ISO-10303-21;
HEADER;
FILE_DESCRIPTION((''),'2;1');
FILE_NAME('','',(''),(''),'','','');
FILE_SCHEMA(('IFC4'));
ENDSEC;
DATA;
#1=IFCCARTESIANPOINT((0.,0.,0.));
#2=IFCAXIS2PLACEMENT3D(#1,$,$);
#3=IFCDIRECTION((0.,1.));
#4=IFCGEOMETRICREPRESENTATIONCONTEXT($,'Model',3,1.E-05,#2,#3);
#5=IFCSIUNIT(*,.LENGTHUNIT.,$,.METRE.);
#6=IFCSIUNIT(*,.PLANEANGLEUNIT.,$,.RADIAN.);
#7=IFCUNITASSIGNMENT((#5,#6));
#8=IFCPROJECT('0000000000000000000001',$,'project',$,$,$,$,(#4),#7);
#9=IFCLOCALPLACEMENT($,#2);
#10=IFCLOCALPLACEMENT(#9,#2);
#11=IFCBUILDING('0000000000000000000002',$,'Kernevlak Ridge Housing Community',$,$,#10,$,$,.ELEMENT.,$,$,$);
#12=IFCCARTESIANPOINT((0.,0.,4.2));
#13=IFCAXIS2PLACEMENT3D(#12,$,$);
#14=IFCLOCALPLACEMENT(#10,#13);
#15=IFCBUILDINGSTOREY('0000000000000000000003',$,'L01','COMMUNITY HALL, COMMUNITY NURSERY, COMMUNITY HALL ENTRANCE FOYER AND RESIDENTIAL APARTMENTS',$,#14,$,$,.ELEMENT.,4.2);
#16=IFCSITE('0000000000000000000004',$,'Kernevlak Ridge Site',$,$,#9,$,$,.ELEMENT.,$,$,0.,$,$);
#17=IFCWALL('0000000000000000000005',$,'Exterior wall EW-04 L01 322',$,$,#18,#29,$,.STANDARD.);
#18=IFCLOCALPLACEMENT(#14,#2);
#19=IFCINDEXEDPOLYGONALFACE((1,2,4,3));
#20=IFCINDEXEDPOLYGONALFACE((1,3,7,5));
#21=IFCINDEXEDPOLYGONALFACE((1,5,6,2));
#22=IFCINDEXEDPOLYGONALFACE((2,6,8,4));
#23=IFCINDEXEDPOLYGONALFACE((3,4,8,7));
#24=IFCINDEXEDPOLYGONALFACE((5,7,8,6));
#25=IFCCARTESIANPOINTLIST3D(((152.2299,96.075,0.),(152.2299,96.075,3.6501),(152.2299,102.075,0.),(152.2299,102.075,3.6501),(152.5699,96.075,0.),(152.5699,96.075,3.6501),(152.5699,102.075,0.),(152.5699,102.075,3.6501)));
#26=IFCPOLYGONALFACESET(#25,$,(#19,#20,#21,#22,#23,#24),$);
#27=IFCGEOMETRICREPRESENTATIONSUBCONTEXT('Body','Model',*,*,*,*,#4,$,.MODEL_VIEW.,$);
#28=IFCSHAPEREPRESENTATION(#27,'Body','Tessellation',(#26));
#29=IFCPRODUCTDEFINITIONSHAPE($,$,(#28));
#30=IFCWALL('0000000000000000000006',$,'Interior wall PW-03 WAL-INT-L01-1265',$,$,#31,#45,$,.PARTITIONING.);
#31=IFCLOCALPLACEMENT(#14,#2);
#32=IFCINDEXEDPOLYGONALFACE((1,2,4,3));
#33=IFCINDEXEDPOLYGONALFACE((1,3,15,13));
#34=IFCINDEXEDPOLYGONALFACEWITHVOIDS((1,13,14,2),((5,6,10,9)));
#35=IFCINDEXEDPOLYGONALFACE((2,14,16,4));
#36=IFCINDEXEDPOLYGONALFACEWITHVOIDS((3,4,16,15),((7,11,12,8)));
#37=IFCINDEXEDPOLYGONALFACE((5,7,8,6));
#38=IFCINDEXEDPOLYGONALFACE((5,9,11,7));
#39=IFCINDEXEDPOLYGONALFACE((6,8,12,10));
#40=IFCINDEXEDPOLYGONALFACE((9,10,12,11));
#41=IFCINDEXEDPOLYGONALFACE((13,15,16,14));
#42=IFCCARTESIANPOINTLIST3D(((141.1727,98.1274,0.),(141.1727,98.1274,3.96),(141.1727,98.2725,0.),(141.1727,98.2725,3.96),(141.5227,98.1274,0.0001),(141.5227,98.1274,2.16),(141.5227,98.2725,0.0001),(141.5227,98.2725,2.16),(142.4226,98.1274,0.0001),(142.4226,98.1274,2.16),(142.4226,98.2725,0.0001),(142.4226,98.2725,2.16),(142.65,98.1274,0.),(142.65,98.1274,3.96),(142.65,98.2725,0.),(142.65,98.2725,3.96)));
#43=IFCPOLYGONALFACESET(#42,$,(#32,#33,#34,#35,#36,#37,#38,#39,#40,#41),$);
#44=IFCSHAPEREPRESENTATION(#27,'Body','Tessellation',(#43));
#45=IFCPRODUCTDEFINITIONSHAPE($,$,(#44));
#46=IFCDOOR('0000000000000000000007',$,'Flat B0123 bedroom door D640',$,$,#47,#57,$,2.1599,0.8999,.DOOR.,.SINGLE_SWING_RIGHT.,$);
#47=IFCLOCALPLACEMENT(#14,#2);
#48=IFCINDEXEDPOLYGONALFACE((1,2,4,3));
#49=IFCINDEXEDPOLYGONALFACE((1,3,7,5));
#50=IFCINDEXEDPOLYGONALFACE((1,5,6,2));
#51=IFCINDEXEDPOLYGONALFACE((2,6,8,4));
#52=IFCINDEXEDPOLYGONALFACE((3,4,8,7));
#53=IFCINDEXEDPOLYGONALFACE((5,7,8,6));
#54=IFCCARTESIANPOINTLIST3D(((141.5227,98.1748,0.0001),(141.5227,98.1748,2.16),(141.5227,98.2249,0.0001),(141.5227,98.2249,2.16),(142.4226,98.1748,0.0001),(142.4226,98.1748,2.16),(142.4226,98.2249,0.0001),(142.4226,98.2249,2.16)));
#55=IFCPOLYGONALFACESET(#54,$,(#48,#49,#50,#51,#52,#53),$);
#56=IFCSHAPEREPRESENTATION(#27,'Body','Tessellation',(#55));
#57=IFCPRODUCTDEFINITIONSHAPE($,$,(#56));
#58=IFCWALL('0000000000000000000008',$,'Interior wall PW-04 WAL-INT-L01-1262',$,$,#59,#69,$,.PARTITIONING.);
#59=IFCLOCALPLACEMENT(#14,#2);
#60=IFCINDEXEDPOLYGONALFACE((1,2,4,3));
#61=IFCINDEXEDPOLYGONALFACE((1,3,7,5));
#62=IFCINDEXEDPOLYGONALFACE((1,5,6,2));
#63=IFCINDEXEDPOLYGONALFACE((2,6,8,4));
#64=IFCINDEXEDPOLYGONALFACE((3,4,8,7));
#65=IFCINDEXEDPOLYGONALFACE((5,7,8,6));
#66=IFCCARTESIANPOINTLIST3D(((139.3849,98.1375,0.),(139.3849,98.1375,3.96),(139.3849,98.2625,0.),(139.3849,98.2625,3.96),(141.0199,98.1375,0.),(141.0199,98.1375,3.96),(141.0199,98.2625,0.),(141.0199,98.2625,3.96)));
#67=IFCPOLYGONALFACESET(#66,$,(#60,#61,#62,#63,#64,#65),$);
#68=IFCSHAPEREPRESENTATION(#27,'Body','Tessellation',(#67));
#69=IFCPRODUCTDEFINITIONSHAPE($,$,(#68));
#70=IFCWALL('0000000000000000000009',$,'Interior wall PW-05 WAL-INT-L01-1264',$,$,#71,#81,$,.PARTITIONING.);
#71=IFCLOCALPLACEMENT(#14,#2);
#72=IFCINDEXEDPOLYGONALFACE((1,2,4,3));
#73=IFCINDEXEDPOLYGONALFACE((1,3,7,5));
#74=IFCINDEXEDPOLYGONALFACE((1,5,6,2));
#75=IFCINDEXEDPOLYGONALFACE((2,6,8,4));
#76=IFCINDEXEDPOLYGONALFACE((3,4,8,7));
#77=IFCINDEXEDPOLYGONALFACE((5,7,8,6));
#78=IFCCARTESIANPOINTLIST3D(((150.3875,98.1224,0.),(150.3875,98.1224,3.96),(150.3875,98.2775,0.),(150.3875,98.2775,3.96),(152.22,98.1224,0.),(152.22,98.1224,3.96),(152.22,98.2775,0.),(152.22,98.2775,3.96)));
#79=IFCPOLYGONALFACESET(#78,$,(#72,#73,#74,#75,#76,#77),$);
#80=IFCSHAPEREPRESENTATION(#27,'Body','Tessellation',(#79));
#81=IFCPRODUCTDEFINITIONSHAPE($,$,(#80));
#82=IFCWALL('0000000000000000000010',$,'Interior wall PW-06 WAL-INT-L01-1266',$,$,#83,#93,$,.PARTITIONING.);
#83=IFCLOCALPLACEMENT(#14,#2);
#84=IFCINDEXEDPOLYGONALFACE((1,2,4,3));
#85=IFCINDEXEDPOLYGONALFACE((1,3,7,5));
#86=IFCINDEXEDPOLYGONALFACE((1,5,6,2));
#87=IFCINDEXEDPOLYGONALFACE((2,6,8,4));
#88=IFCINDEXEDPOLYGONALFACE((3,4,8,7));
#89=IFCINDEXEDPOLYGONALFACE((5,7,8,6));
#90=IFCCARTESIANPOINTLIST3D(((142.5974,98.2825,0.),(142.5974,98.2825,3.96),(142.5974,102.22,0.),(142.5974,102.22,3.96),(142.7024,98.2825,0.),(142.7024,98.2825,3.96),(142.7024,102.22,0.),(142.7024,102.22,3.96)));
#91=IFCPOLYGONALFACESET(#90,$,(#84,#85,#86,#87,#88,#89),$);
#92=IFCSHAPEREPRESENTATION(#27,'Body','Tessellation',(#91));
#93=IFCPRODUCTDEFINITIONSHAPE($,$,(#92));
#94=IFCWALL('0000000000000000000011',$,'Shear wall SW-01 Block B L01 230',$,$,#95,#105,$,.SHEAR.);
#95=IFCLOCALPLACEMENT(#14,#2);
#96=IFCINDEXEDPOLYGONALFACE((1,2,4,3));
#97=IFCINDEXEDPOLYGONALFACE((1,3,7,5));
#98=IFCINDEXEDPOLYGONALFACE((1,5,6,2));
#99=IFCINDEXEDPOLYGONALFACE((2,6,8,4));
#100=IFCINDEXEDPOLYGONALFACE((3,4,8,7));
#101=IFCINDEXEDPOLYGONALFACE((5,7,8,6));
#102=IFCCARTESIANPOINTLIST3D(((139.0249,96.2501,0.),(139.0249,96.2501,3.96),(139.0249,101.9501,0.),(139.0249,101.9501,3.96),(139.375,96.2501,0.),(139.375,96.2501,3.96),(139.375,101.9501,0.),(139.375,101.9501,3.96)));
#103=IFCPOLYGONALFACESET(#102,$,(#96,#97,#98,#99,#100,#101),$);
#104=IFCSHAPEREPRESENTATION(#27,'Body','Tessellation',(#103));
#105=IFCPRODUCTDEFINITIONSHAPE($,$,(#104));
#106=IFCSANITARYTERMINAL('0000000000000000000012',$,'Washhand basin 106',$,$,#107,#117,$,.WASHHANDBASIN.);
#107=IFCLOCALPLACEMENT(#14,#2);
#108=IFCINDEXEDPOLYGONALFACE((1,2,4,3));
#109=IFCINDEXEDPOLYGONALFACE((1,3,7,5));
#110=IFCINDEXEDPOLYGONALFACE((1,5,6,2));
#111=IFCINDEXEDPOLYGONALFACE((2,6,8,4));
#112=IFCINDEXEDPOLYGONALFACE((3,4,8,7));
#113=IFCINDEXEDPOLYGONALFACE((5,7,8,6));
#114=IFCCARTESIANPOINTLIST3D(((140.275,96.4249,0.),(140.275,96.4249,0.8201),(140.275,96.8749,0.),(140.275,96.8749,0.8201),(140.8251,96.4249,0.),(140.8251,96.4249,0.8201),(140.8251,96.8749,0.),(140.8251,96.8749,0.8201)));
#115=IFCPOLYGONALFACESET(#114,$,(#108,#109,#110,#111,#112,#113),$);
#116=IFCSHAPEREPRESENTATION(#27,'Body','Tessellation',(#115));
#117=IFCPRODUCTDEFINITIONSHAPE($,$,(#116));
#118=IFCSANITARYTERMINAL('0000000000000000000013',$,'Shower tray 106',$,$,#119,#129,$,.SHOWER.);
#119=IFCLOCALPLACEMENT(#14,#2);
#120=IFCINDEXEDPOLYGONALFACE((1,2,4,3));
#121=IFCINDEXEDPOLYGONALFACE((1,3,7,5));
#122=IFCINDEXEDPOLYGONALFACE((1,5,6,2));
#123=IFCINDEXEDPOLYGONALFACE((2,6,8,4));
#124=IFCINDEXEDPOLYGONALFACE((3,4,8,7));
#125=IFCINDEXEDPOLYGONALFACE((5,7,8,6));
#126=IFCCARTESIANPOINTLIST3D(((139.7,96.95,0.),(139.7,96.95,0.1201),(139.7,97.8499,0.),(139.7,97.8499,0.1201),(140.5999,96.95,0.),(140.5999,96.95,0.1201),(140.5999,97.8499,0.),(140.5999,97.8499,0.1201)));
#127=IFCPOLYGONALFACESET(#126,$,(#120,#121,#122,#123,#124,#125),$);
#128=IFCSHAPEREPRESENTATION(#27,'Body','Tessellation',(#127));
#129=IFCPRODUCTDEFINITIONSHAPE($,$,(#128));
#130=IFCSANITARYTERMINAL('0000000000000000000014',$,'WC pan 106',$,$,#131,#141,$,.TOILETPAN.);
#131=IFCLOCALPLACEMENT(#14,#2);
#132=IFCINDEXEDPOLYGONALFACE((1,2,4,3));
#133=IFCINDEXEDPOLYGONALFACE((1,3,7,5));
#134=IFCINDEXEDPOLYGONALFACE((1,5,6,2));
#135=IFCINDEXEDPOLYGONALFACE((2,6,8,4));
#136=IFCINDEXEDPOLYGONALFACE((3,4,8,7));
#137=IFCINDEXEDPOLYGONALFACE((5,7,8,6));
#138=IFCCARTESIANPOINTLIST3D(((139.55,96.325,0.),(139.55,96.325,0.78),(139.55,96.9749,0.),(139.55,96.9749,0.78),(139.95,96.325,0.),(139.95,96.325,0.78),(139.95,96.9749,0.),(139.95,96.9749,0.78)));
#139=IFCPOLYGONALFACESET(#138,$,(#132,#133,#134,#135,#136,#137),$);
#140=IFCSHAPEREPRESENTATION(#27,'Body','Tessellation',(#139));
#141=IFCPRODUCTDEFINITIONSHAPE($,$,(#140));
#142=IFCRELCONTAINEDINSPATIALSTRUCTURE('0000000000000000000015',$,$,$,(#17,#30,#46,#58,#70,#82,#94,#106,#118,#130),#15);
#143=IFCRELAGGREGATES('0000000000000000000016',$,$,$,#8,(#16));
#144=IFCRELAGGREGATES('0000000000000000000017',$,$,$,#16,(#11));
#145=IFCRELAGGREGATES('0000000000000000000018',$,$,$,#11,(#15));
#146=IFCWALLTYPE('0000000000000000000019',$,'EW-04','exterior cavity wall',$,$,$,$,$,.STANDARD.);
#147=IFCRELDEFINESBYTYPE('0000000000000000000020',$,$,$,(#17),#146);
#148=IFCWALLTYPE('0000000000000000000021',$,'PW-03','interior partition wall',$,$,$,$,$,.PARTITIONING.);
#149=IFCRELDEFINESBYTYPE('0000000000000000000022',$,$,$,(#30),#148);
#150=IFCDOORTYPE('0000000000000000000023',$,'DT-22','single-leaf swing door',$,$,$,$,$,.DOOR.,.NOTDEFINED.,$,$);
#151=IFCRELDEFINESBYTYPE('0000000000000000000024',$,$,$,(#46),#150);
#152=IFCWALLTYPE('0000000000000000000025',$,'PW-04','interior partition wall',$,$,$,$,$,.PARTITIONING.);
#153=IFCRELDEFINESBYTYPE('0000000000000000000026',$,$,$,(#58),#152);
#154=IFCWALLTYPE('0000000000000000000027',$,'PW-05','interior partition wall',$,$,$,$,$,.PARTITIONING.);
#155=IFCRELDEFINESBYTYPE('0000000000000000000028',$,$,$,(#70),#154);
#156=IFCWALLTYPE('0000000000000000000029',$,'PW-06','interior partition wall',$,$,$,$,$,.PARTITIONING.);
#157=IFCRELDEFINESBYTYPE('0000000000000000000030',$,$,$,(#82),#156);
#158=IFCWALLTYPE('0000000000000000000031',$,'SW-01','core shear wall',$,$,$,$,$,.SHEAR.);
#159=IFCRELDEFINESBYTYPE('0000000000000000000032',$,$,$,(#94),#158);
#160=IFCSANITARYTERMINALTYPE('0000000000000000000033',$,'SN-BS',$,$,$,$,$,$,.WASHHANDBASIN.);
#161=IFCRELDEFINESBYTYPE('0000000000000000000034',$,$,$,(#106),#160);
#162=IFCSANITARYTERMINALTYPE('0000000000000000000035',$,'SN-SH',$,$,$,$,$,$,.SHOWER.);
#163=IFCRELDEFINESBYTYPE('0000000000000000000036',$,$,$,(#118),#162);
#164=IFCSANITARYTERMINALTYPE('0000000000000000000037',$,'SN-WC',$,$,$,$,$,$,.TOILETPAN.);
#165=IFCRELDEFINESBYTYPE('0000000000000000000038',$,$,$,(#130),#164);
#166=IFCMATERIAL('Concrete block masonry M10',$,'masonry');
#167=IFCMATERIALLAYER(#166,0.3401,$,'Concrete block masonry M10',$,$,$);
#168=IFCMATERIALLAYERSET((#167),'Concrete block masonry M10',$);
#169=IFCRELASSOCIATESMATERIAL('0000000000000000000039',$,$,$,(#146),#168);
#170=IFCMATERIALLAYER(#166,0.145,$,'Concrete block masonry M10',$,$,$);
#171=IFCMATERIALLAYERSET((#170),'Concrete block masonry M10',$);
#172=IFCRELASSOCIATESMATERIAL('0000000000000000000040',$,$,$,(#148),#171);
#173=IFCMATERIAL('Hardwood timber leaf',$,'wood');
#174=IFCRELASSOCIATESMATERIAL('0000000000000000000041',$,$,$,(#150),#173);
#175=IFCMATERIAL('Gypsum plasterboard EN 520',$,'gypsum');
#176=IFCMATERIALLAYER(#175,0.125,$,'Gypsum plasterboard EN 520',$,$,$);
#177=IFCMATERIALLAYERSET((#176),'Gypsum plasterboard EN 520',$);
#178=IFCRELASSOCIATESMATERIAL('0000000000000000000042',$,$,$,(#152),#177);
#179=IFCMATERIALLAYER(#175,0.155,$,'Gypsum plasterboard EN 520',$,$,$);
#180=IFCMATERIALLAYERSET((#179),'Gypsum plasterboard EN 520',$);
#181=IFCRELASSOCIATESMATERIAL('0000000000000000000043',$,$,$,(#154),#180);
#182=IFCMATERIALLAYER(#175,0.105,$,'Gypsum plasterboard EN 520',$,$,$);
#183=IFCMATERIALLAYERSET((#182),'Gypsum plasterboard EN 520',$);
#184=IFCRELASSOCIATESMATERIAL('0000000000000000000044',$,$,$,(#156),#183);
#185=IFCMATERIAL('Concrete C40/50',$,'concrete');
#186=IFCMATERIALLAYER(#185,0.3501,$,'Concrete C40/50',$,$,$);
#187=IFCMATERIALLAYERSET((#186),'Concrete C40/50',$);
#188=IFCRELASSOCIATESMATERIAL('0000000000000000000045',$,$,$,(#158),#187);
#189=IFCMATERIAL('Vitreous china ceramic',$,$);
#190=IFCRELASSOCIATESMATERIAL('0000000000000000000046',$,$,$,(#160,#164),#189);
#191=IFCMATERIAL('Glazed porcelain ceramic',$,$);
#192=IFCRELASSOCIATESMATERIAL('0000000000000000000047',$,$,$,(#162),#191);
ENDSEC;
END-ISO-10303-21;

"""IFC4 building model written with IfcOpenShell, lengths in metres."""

from ifc_helpers import new_model, si_unit, direction, frame, frame_2d, origin, origin_2d, place, context, subcontext, project, spatial, rectangle, extrude, material, layer, layer_set, type_object, element, fill, save


model = new_model("IFC4")

# Units and contexts
model_context = context("Model", 3, precision=1e-05, world=origin(), true_north=direction((0.0, 1.0)))
body_context = subcontext(model_context, "Body", "Model", "MODEL_VIEW")
ifc_project = project(units=[si_unit("LENGTHUNIT", "METRE"), si_unit("PLANEANGLEUNIT", "RADIAN")], contexts=[model_context])

# Site, building, storey
site_placement = place(None, origin())
site = spatial("IfcSite", under=ifc_project, at=site_placement, Name="Kernevlak Ridge Site", CompositionType="ELEMENT", RefElevation=0.0)
building_placement = place(site_placement, origin())
building = spatial("IfcBuilding", under=site, at=building_placement, Name="Kernevlak Ridge Housing Community", CompositionType="ELEMENT")
storey_placement = place(building_placement, frame((0.0, 0.0, 4.2)))
storey = spatial("IfcBuildingStorey", under=building, at=storey_placement, Name="L01", Description="COMMUNITY HALL, COMMUNITY NURSERY, COMMUNITY HALL ENTRANCE FOYER AND RESIDENTIAL APARTMENTS", CompositionType="ELEMENT", Elevation=4.2)

# Shared definitions
ifc_material_1 = material(Name="Concrete C40/50", Category="concrete")

# Shared definitions
ifc_material_2 = material(Name="Concrete block masonry M10", Category="masonry")
ifc_layer_1 = layer(ifc_material_2, 0.3401, Name="Concrete block masonry M10")
ifc_layer_set_1 = layer_set([ifc_layer_1], Name="Concrete block masonry M10")
wall_type_1 = type_object("IfcWallType", Name="EW-04", Description="exterior cavity wall", PredefinedType="STANDARD", material=ifc_layer_set_1)

# Wall
wall_1_placement = place(storey_placement, frame((152.3999, 96.075, 0.0), z_axis=(0.0, 0.0, 1.0), x_axis=(0.0, 1.0, 0.0)))
element("IfcWall", 1, at=wall_1_placement, inside=storey, type_object=wall_type_1, Name="Exterior wall EW-04 L01 322", PredefinedType="STANDARD", context=body_context, shape_type="SweptSolid", body=[
    extrude(rectangle(XDim=6.0, YDim=0.3401, at=frame_2d((3.0, 0.0))), origin(), (0.0, 0.0, 1.0), 3.6501),
])

# Wall, opening, door
ifc_layer_2 = layer(ifc_material_2, 0.145, Name="Concrete block masonry M10")
ifc_layer_set_2 = layer_set([ifc_layer_2], Name="Concrete block masonry M10")
wall_type_2 = type_object("IfcWallType", Name="PW-03", Description="interior partition wall", PredefinedType="PARTITIONING", material=ifc_layer_set_2)
wall_2_placement = place(storey_placement, frame((141.1726, 98.2, 0.0), z_axis=(0.0, 0.0, 1.0), x_axis=(1.0, 0.0, 0.0)))
wall_2 = element("IfcWall", 2, at=wall_2_placement, inside=storey, type_object=wall_type_2, Name="Interior wall PW-03 WAL-INT-L01-1265", PredefinedType="PARTITIONING", context=body_context, shape_type="SweptSolid", body=[
    extrude(rectangle(XDim=1.4773, YDim=0.145, at=frame_2d((0.7388, 0.0))), origin(), (0.0, 0.0, 1.0), 3.96),
])
opening_1_placement = place(wall_2_placement, frame((0.3501, 0.0, 0.0)))
opening_1 = element("IfcOpeningElement", 3, at=opening_1_placement, cuts=wall_2, PredefinedType="OPENING", context=body_context, shape_type="SweptSolid", body=[
    extrude(rectangle(XDim=0.8999, YDim=2.1599, at=frame_2d((0.45, 1.0801))), frame((0.0, 0.0825, 0.0), z_axis=(0.0, -1.0, 0.0), x_axis=(1.0, 0.0, 0.0)), (0.0, 0.0, 1.0), 0.165),
])
ifc_material_3 = material(Name="Hardwood timber leaf", Category="wood")
door_type = type_object("IfcDoorType", Name="DT-22", Description="single-leaf swing door", OperationType="NOTDEFINED", PredefinedType="DOOR", material=ifc_material_3)
door_placement = place(opening_1_placement, origin())
door = element("IfcDoor", 4, at=door_placement, inside=storey, type_object=door_type, Name="Flat B0123 bedroom door D640", OperationType="SINGLE_SWING_RIGHT", OverallHeight=2.1599, OverallWidth=0.8999, PredefinedType="DOOR", context=body_context, shape_type="SweptSolid", body=[
    extrude(rectangle(XDim=0.8999, YDim=2.1599, at=frame_2d((0.45, 1.0801))), frame((0.0, 0.0249, 0.0), z_axis=(0.0, -1.0, 0.0), x_axis=(1.0, 0.0, 0.0)), (0.0, 0.0, 1.0), 0.05),
])
fill(opening_1, door)

# Walls
ifc_material_4 = material(Name="Gypsum plasterboard EN 520", Category="gypsum")
ifc_layer_3 = layer(ifc_material_4, 0.125, Name="Gypsum plasterboard EN 520")
ifc_layer_set_3 = layer_set([ifc_layer_3], Name="Gypsum plasterboard EN 520")
wall_type_3 = type_object("IfcWallType", Name="PW-04", Description="interior partition wall", PredefinedType="PARTITIONING", material=ifc_layer_set_3)
wall_3_placement = place(storey_placement, frame((139.385, 98.2, 0.0), z_axis=(0.0, 0.0, 1.0), x_axis=(1.0, 0.0, 0.0)))
element("IfcWall", 5, at=wall_3_placement, inside=storey, type_object=wall_type_3, Name="Interior wall PW-04 WAL-INT-L01-1262", PredefinedType="PARTITIONING", context=body_context, shape_type="SweptSolid", body=[
    extrude(rectangle(XDim=1.635, YDim=0.125, at=frame_2d((0.8174, 0.0))), origin(), (0.0, 0.0, 1.0), 3.96),
])
ifc_layer_4 = layer(ifc_material_4, 0.155, Name="Gypsum plasterboard EN 520")
ifc_layer_set_4 = layer_set([ifc_layer_4], Name="Gypsum plasterboard EN 520")
wall_type_4 = type_object("IfcWallType", Name="PW-05", Description="interior partition wall", PredefinedType="PARTITIONING", material=ifc_layer_set_4)
wall_4_placement = place(storey_placement, frame((150.3875, 98.2, 0.0), z_axis=(0.0, 0.0, 1.0), x_axis=(1.0, 0.0, 0.0)))
element("IfcWall", 6, at=wall_4_placement, inside=storey, type_object=wall_type_4, Name="Interior wall PW-05 WAL-INT-L01-1264", PredefinedType="PARTITIONING", context=body_context, shape_type="SweptSolid", body=[
    extrude(rectangle(XDim=1.8325, YDim=0.155, at=frame_2d((0.9163, 0.0))), origin(), (0.0, 0.0, 1.0), 3.96),
])
ifc_layer_5 = layer(ifc_material_4, 0.105, Name="Gypsum plasterboard EN 520")
ifc_layer_set_5 = layer_set([ifc_layer_5], Name="Gypsum plasterboard EN 520")
wall_type_5 = type_object("IfcWallType", Name="PW-06", Description="interior partition wall", PredefinedType="PARTITIONING", material=ifc_layer_set_5)
wall_5_placement = place(storey_placement, frame((142.6499, 98.2825, 0.0), z_axis=(0.0, 0.0, 1.0), x_axis=(0.0, 1.0, 0.0)))
element("IfcWall", 7, at=wall_5_placement, inside=storey, type_object=wall_type_5, Name="Interior wall PW-06 WAL-INT-L01-1266", PredefinedType="PARTITIONING", context=body_context, shape_type="SweptSolid", body=[
    extrude(rectangle(XDim=3.9375, YDim=0.105, at=frame_2d((1.9688, 0.0))), origin(), (0.0, 0.0, 1.0), 3.96),
])
ifc_layer_6 = layer(ifc_material_1, 0.3501, Name="Concrete C40/50")
ifc_layer_set_6 = layer_set([ifc_layer_6], Name="Concrete C40/50")
wall_type_6 = type_object("IfcWallType", Name="SW-01", Description="core shear wall", PredefinedType="SHEAR", material=ifc_layer_set_6)
wall_6_placement = place(storey_placement, frame((139.2, 96.25, 0.0), z_axis=(0.0, 0.0, 1.0), x_axis=(0.0, 1.0, 0.0)))
element("IfcWall", 8, at=wall_6_placement, inside=storey, type_object=wall_type_6, Name="Shear wall SW-01 Block B L01 230", PredefinedType="SHEAR", context=body_context, shape_type="SweptSolid", body=[
    extrude(rectangle(XDim=5.7, YDim=0.3501, at=frame_2d((2.8501, 0.0))), origin(), (0.0, 0.0, 1.0), 3.96),
])

# Sanitary terminals
ifc_material_5 = material(Name="Vitreous china ceramic")
sanitary_terminal_type_1 = type_object("IfcSanitaryTerminalType", Name="SN-BS", PredefinedType="WASHHANDBASIN", material=ifc_material_5)
sanitary_terminal_1_placement = place(storey_placement, frame((140.55, 96.6499, 0.0), z_axis=(0.0, 0.0, 1.0), x_axis=(1.0, 0.0, 0.0)))
element("IfcSanitaryTerminal", 9, at=sanitary_terminal_1_placement, inside=storey, type_object=sanitary_terminal_type_1, Name="Washhand basin 106", PredefinedType="WASHHANDBASIN", context=body_context, shape_type="SweptSolid", body=[
    extrude(rectangle(XDim=0.55, YDim=0.45, at=origin_2d()), origin(), (0.0, 0.0, 1.0), 0.8201),
])
ifc_material_6 = material(Name="Glazed porcelain ceramic")
sanitary_terminal_type_2 = type_object("IfcSanitaryTerminalType", Name="SN-SH", PredefinedType="SHOWER", material=ifc_material_6)
sanitary_terminal_2_placement = place(storey_placement, frame((140.1499, 97.3999, 0.0), z_axis=(0.0, 0.0, 1.0), x_axis=(1.0, 0.0, 0.0)))
element("IfcSanitaryTerminal", 10, at=sanitary_terminal_2_placement, inside=storey, type_object=sanitary_terminal_type_2, Name="Shower tray 106", PredefinedType="SHOWER", context=body_context, shape_type="SweptSolid", body=[
    extrude(rectangle(XDim=0.8999, YDim=0.8999, at=origin_2d()), origin(), (0.0, 0.0, 1.0), 0.1201),
])
sanitary_terminal_type_3 = type_object("IfcSanitaryTerminalType", Name="SN-WC", PredefinedType="TOILETPAN", material=ifc_material_5)
sanitary_terminal_3_placement = place(storey_placement, frame((139.75, 96.6499, 0.0), z_axis=(0.0, 0.0, 1.0), x_axis=(1.0, 0.0, 0.0)))
element("IfcSanitaryTerminal", 11, at=sanitary_terminal_3_placement, inside=storey, type_object=sanitary_terminal_type_3, Name="WC pan 106", PredefinedType="TOILETPAN", context=body_context, shape_type="SweptSolid", body=[
    extrude(rectangle(XDim=0.3999, YDim=0.6499, at=origin_2d()), origin(), (0.0, 0.0, 1.0), 0.78),
])

save(model, "model.ifc")
